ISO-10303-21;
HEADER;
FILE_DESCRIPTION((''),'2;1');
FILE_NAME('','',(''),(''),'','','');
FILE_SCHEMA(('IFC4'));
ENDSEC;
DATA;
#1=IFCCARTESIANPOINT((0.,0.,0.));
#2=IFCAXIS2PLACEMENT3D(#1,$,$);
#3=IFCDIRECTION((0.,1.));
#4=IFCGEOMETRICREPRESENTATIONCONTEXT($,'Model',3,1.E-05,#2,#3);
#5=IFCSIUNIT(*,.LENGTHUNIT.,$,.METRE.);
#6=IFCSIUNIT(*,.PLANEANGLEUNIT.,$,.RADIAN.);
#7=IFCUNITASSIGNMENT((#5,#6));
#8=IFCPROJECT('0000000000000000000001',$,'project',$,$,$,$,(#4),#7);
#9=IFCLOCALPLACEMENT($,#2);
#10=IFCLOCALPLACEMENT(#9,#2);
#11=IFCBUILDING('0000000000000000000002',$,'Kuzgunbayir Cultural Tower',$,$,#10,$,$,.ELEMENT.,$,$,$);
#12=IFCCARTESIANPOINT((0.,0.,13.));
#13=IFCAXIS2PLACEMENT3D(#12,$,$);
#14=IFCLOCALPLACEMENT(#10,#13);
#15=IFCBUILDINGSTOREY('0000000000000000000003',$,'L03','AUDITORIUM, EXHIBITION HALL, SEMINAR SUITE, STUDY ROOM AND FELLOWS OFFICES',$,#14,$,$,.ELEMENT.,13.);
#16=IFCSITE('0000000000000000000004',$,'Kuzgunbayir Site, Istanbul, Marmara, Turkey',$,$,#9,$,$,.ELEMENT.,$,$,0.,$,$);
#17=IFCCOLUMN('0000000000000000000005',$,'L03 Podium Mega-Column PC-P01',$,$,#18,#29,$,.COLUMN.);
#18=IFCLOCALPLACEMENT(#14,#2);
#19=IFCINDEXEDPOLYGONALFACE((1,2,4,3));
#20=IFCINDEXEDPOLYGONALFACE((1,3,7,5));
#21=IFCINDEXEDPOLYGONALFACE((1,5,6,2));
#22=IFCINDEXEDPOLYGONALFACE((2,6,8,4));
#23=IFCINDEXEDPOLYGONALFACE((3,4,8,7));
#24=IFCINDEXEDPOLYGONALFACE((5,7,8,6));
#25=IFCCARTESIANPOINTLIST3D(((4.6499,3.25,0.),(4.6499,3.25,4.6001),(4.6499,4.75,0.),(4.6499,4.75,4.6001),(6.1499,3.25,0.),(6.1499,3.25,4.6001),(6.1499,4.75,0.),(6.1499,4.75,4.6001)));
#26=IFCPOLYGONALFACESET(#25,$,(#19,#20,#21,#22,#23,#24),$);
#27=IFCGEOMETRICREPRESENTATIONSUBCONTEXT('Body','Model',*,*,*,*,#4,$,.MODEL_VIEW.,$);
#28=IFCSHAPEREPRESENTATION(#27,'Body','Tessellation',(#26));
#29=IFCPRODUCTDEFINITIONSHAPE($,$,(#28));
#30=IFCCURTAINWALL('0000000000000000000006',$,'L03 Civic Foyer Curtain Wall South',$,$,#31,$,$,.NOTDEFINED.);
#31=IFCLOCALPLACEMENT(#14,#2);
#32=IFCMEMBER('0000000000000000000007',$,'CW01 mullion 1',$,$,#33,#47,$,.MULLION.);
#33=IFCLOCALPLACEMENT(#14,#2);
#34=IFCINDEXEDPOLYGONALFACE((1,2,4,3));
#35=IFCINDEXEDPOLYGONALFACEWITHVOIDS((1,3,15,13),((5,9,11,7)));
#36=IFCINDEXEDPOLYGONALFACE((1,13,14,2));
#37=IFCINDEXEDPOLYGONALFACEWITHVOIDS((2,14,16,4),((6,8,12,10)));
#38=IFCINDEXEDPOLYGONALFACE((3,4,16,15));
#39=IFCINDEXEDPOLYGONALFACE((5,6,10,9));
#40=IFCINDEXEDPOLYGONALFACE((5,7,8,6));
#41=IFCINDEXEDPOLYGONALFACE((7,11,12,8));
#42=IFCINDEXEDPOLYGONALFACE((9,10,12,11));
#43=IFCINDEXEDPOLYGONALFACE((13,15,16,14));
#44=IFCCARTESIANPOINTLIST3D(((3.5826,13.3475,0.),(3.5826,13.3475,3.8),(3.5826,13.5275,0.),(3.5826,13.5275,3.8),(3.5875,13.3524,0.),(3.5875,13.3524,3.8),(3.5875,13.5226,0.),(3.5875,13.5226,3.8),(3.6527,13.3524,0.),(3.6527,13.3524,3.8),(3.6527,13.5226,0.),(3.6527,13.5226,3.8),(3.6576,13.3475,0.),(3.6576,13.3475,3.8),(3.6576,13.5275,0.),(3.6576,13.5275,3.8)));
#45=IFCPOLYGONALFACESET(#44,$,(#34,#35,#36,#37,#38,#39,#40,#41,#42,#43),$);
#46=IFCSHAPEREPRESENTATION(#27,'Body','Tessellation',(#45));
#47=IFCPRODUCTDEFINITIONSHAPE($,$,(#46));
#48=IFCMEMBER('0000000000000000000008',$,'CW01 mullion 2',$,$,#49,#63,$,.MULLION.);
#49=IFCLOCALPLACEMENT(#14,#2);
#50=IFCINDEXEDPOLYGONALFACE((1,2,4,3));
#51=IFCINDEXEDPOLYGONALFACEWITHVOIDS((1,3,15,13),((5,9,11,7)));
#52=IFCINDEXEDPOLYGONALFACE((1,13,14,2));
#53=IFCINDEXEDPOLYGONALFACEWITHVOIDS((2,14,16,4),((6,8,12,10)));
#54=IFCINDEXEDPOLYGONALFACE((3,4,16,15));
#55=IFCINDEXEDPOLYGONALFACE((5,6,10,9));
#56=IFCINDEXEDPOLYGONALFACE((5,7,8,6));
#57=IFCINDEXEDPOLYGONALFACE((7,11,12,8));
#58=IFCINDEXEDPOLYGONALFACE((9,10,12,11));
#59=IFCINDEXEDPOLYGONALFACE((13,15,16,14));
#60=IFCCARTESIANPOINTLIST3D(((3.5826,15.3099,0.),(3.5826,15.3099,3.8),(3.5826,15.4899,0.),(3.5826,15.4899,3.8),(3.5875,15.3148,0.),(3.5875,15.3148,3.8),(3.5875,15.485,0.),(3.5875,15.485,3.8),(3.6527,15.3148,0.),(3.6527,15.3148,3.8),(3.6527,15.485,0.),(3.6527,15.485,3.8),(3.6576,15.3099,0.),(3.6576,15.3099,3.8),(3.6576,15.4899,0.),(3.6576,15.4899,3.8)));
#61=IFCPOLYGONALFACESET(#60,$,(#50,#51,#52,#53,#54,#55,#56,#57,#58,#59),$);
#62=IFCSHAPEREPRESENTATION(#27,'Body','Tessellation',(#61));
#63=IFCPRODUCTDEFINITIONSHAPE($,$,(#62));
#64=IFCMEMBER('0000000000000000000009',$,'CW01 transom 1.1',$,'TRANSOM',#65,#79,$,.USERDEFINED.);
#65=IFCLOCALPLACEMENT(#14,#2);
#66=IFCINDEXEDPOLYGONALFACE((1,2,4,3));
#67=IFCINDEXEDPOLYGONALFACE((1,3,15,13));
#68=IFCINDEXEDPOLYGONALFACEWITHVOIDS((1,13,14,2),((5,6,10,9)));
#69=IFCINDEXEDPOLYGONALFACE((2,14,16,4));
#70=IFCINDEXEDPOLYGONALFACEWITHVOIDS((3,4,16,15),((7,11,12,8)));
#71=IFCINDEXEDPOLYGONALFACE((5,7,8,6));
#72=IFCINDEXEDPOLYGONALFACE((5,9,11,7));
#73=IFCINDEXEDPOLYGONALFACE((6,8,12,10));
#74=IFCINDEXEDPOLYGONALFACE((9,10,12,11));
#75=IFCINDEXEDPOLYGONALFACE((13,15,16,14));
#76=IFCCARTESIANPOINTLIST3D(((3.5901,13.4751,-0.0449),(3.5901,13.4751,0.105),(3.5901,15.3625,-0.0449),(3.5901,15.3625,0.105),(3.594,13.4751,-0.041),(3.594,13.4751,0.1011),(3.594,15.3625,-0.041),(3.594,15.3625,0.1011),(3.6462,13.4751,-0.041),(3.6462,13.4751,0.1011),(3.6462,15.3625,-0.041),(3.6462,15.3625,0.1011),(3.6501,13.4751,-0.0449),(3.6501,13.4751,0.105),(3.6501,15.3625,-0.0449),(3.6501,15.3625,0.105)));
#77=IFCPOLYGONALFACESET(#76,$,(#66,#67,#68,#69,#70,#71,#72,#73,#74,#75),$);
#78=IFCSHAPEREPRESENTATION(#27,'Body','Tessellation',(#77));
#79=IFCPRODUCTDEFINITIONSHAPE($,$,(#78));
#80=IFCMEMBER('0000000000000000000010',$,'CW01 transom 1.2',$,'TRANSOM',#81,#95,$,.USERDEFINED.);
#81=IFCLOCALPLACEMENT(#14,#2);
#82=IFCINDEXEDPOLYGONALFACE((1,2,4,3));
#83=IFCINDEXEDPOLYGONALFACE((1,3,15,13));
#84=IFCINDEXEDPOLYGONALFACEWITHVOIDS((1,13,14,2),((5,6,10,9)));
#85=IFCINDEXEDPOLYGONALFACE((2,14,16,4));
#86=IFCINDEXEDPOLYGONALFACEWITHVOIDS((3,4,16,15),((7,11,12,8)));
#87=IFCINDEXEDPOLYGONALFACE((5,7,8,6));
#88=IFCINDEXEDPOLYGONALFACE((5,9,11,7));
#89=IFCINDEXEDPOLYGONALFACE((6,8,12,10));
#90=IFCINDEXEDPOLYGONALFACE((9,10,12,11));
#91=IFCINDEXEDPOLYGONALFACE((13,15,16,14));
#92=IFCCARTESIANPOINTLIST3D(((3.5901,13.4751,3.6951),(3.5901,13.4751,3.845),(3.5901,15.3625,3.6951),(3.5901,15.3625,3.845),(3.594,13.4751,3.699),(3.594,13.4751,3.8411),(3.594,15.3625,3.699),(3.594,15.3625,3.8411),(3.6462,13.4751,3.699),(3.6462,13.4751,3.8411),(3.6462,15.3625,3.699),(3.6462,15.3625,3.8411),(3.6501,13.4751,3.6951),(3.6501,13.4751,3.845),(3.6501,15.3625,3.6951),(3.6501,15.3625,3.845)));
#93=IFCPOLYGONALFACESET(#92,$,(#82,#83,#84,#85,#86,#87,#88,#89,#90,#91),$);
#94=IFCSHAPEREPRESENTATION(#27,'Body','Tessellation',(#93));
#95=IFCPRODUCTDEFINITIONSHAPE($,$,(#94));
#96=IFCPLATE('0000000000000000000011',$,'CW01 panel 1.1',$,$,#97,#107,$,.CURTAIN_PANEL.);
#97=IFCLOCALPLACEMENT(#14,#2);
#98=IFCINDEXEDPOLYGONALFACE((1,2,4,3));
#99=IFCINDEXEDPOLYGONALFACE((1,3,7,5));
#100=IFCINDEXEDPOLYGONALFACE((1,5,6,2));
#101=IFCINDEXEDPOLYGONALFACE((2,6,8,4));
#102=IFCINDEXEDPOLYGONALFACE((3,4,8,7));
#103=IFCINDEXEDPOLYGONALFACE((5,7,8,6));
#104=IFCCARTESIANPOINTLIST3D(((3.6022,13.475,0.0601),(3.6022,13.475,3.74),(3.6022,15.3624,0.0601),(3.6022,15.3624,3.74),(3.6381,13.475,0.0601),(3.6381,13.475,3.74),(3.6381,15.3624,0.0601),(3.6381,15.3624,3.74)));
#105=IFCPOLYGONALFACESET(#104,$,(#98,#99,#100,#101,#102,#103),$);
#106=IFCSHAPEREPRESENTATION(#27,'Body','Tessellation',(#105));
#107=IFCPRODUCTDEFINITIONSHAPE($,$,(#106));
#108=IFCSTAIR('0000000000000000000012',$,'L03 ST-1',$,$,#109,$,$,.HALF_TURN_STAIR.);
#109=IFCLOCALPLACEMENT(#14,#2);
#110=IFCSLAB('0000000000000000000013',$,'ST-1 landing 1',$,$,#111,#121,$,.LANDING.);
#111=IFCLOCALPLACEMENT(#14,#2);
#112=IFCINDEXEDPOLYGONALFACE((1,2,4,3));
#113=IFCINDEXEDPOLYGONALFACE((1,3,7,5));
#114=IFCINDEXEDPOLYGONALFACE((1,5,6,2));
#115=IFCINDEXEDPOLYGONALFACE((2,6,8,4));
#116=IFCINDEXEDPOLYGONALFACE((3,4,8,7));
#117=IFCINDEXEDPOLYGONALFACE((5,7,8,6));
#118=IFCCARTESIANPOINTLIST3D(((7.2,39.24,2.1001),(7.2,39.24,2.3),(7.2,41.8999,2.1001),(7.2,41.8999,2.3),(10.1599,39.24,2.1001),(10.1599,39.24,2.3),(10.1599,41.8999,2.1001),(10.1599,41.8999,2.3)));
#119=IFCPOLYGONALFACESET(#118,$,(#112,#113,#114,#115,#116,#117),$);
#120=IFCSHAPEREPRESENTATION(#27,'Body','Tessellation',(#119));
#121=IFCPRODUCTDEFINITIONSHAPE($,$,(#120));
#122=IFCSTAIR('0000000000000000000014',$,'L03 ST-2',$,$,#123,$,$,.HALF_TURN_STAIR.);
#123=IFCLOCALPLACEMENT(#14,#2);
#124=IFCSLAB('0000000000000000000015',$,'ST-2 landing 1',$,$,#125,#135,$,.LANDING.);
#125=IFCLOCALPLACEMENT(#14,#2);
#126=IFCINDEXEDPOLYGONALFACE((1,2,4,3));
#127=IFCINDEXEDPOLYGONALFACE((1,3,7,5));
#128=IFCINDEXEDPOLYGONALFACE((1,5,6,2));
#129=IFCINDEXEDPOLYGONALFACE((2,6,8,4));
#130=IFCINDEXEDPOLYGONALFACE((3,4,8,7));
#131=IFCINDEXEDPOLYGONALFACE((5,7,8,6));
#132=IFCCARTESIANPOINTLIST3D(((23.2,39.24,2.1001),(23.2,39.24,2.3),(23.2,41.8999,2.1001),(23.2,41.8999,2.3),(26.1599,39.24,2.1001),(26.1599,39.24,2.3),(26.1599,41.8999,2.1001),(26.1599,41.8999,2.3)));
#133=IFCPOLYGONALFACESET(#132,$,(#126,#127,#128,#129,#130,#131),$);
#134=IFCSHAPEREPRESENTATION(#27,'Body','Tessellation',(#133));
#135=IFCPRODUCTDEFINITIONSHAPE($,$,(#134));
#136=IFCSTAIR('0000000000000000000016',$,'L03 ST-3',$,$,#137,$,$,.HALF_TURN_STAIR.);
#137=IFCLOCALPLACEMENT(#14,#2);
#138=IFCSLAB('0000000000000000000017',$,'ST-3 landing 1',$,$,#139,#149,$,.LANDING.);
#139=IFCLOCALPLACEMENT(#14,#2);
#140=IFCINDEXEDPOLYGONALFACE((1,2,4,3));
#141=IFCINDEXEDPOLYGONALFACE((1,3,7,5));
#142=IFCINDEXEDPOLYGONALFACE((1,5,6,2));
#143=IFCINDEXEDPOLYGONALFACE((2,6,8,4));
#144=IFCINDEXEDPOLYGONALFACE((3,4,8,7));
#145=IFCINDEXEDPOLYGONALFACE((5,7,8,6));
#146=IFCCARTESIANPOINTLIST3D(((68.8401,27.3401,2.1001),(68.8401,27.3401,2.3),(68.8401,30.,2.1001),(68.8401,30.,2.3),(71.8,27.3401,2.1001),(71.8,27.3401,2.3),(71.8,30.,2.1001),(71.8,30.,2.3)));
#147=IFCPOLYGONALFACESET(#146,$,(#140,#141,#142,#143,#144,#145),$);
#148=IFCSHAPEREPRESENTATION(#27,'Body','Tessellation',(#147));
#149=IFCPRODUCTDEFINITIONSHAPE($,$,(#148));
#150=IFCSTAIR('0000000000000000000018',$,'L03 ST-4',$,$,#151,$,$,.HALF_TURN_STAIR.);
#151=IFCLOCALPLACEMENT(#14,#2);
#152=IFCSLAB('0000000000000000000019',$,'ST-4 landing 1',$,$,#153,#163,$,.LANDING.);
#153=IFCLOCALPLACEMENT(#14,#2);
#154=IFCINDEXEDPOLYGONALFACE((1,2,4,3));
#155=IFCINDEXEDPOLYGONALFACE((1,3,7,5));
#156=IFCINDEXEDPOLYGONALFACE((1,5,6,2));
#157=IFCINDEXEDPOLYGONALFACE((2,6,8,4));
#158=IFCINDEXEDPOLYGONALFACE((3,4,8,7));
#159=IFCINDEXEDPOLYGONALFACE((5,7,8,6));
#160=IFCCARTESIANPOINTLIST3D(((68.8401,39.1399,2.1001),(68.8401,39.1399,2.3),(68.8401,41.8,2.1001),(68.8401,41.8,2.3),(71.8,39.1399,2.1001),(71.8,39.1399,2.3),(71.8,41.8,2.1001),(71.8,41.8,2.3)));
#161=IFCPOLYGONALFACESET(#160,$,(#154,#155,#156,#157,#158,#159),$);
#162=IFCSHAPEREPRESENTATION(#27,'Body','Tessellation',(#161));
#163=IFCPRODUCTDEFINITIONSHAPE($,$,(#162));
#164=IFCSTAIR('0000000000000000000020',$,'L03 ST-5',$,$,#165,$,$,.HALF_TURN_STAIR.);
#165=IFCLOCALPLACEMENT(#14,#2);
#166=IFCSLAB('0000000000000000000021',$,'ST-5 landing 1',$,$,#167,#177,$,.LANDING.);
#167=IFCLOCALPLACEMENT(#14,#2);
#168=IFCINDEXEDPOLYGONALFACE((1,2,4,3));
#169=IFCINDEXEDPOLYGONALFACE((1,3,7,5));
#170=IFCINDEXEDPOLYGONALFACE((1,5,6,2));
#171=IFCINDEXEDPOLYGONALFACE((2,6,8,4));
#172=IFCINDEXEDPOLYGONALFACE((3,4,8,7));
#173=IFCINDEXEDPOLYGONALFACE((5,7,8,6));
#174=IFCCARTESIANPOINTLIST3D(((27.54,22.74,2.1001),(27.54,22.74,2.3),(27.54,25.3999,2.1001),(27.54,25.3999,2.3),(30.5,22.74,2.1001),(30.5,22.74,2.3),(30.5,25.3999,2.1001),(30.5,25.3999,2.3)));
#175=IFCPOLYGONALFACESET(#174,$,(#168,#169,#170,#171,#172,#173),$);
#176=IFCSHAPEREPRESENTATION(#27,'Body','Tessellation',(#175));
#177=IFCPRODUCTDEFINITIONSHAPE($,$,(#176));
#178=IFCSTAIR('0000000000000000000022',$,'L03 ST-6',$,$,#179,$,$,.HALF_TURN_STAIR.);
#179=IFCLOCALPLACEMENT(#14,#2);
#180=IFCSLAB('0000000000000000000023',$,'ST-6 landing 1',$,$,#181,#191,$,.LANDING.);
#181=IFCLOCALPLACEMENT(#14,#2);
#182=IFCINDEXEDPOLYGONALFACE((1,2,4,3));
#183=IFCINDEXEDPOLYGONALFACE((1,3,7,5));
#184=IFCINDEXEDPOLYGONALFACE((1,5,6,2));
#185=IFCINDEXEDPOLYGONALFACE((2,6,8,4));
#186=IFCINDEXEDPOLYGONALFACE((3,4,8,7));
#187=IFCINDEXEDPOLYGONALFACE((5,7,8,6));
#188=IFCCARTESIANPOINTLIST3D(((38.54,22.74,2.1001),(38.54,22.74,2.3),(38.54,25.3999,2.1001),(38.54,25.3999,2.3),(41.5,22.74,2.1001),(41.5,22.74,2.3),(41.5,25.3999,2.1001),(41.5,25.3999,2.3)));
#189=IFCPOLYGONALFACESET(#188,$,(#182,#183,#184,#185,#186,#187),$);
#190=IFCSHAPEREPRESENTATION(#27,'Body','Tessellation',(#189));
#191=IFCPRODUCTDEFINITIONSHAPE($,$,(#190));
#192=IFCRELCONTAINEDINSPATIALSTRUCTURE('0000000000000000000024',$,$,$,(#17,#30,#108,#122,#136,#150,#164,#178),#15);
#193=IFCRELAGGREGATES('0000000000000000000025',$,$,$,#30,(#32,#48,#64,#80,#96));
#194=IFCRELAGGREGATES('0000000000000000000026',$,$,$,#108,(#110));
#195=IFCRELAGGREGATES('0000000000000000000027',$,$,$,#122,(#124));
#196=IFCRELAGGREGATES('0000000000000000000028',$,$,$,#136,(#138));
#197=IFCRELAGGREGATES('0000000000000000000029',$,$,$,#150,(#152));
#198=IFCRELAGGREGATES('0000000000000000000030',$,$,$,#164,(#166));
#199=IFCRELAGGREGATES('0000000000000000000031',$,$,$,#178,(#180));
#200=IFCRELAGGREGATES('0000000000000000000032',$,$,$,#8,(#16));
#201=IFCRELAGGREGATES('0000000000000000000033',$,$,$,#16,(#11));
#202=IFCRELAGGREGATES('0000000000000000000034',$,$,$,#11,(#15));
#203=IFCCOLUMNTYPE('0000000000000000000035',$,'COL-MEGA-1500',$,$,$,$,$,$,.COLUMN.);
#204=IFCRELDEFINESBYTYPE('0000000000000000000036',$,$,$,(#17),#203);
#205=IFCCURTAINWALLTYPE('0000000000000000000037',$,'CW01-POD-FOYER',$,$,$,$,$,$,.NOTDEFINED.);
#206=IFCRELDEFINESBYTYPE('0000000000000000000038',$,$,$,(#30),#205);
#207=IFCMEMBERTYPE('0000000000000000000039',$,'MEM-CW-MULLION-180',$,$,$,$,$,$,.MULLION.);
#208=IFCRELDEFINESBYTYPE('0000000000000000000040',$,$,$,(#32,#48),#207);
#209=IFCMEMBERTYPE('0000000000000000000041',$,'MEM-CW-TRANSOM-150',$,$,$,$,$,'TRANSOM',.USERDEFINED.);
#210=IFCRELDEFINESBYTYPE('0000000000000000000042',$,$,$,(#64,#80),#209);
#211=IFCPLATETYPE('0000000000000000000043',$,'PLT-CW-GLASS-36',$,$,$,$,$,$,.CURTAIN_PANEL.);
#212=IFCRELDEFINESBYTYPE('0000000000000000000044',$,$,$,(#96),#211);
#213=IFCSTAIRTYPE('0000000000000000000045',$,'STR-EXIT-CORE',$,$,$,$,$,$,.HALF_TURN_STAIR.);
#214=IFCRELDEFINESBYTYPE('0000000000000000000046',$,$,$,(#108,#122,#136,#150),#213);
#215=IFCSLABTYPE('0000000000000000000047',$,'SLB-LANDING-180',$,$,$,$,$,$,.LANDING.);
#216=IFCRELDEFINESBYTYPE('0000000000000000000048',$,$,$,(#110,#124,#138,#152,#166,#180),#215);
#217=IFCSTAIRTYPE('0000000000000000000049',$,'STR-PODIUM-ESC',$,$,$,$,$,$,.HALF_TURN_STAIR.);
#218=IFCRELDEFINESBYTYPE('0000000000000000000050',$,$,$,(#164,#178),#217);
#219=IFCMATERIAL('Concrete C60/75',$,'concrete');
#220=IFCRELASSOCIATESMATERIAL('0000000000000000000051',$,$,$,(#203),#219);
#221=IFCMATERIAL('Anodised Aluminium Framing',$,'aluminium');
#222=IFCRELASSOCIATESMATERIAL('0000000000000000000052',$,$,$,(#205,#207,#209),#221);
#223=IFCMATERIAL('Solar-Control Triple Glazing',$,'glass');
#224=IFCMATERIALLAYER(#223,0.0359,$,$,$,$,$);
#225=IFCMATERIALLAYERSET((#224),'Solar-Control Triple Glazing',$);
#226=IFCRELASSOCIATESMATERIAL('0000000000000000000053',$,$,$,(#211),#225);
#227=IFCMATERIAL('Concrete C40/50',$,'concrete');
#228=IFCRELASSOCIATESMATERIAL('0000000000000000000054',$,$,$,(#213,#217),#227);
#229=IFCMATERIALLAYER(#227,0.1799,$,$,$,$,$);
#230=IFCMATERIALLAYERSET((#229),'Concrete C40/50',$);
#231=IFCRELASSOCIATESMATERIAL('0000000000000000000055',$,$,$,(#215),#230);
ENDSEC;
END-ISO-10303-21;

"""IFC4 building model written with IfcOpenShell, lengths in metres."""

from ifc_helpers import new_model, si_unit, direction, frame, origin, origin_2d, place, context, subcontext, project, spatial, polyline, rectangle, hollow_rectangle, outline, extrude, material, layer, layer_set, material_profile, profile_set, type_object, element, aggregate, save


model = new_model("IFC4")

# Units and contexts
model_context = context("Model", 3, precision=1e-05, world=origin(), true_north=direction((0.0, 1.0)))
body_context = subcontext(model_context, "Body", "Model", "MODEL_VIEW")
ifc_project = project(units=[si_unit("LENGTHUNIT", "METRE"), si_unit("PLANEANGLEUNIT", "RADIAN")], contexts=[model_context])

# Site, building, storey
site_placement = place(None, origin())
site = spatial("IfcSite", under=ifc_project, at=site_placement, Name="Kuzgunbayir Site, Istanbul, Marmara, Turkey", CompositionType="ELEMENT", RefElevation=0.0)
building_placement = place(site_placement, origin())
building = spatial("IfcBuilding", under=site, at=building_placement, Name="Kuzgunbayir Cultural Tower", CompositionType="ELEMENT")
storey_placement = place(building_placement, frame((0.0, 0.0, 13.0)))
storey = spatial("IfcBuildingStorey", under=building, at=storey_placement, Name="L03", Description="AUDITORIUM, EXHIBITION HALL, SEMINAR SUITE, STUDY ROOM AND FELLOWS OFFICES", CompositionType="ELEMENT", Elevation=13.0)

# Column
ifc_material_1 = material(Name="Concrete C60/75", Category="concrete")
ifc_material_profile_1 = material_profile(ifc_material_1, rectangle(XDim=1.5, YDim=1.5, at=origin_2d()), Name="RC 1500x1500")
ifc_profile_set_1 = profile_set([ifc_material_profile_1], Name="Concrete C60/75")
column_type = type_object("IfcColumnType", Name="COL-MEGA-1500", PredefinedType="COLUMN", material=ifc_profile_set_1)
column_placement = place(storey_placement, frame((5.3999, 4.0, 0.0), z_axis=(0.0, 0.0, 1.0), x_axis=(1.0, 0.0, 0.0)))
element("IfcColumn", 1, at=column_placement, inside=storey, type_object=column_type, Name="L03 Podium Mega-Column PC-P01", PredefinedType="COLUMN", context=body_context, shape_type="SweptSolid", body=[
    extrude(rectangle(XDim=1.5, YDim=1.5, at=origin_2d()), origin(), (0.0, 0.0, 1.0), 4.6001),
])

# Curtain wall, members, plate
ifc_material_2 = material(Name="Anodised Aluminium Framing", Category="aluminium")
curtain_wall_type = type_object("IfcCurtainWallType", Name="CW01-POD-FOYER", PredefinedType="NOTDEFINED", material=ifc_material_2)
curtain_wall_placement = place(storey_placement, origin())
curtain_wall = element("IfcCurtainWall", 2, at=curtain_wall_placement, inside=storey, type_object=curtain_wall_type, Name="L03 Civic Foyer Curtain Wall South", PredefinedType="NOTDEFINED")
ifc_material_profile_2 = material_profile(ifc_material_2, hollow_rectangle(XDim=0.075, YDim=0.1799, WallThickness=0.0049, at=origin_2d()), Name="RHS 180x75x5")
ifc_profile_set_2 = profile_set([ifc_material_profile_2], Name="Anodised Aluminium Framing")
member_type_1 = type_object("IfcMemberType", Name="MEM-CW-MULLION-180", PredefinedType="MULLION", material=ifc_profile_set_2)
member_1_placement = place(storey_placement, frame((3.6201, 13.4375, 0.0), z_axis=(0.0, 0.0, 1.0), x_axis=(-1.0, 0.0, 0.0)))
member_1 = element("IfcMember", 3, at=member_1_placement, type_object=member_type_1, Name="CW01 mullion 1", PredefinedType="MULLION", context=body_context, shape_type="SweptSolid", body=[
    extrude(hollow_rectangle(XDim=0.075, YDim=0.1799, WallThickness=0.0049, at=origin_2d()), origin(), (0.0, 0.0, 1.0), 3.8),
])
member_2_placement = place(storey_placement, frame((3.6201, 15.3999, 0.0), z_axis=(0.0, 0.0, 1.0), x_axis=(-1.0, 0.0, 0.0)))
member_2 = element("IfcMember", 4, at=member_2_placement, type_object=member_type_1, Name="CW01 mullion 2", PredefinedType="MULLION", context=body_context, shape_type="SweptSolid", body=[
    extrude(hollow_rectangle(XDim=0.075, YDim=0.1799, WallThickness=0.0049, at=origin_2d()), origin(), (0.0, 0.0, 1.0), 3.8),
])
ifc_material_profile_3 = material_profile(ifc_material_2, hollow_rectangle(XDim=0.0601, YDim=0.1499, WallThickness=0.0039, at=origin_2d()), Name="RHS 150x60x4")
ifc_profile_set_3 = profile_set([ifc_material_profile_3], Name="Anodised Aluminium Framing")
member_type_2 = type_object("IfcMemberType", Name="MEM-CW-TRANSOM-150", ElementType="TRANSOM", PredefinedType="USERDEFINED", material=ifc_profile_set_3)
member_3_placement = place(storey_placement, frame((3.6201, 13.4751, 0.03), z_axis=(0.0, 1.0, 0.0), x_axis=(-1.0, 0.0, 0.0)))
member_3 = element("IfcMember", 5, at=member_3_placement, type_object=member_type_2, Name="CW01 transom 1.1", ObjectType="TRANSOM", PredefinedType="USERDEFINED", context=body_context, shape_type="SweptSolid", body=[
    extrude(hollow_rectangle(XDim=0.0601, YDim=0.1499, WallThickness=0.0039, at=origin_2d()), origin(), (0.0, 0.0, 1.0), 1.8875),
])
member_4_placement = place(storey_placement, frame((3.6201, 13.4751, 3.77), z_axis=(0.0, 1.0, 0.0), x_axis=(-1.0, 0.0, 0.0)))
member_4 = element("IfcMember", 6, at=member_4_placement, type_object=member_type_2, Name="CW01 transom 1.2", ObjectType="TRANSOM", PredefinedType="USERDEFINED", context=body_context, shape_type="SweptSolid", body=[
    extrude(hollow_rectangle(XDim=0.0601, YDim=0.1499, WallThickness=0.0039, at=origin_2d()), origin(), (0.0, 0.0, 1.0), 1.8875),
])
ifc_material_3 = material(Name="Solar-Control Triple Glazing", Category="glass")
ifc_layer_1 = layer(ifc_material_3, 0.0359)
ifc_layer_set_1 = layer_set([ifc_layer_1], Name="Solar-Control Triple Glazing")
plate_type = type_object("IfcPlateType", Name="PLT-CW-GLASS-36", PredefinedType="CURTAIN_PANEL", material=ifc_layer_set_1)
plate_placement = place(storey_placement, frame((3.6201, 14.4187, 0.0601), z_axis=(0.0, 0.0, 1.0), x_axis=(0.0, 1.0, 0.0)))
plate = element("IfcPlate", 7, at=plate_placement, type_object=plate_type, Name="CW01 panel 1.1", PredefinedType="CURTAIN_PANEL", context=body_context, shape_type="SweptSolid", body=[
    extrude(rectangle(XDim=1.8875, YDim=0.0359, at=origin_2d()), origin(), (0.0, 0.0, 1.0), 3.6799),
])
aggregate(curtain_wall, [member_1, member_2, member_3, member_4, plate])

# Stairs, slabs
ifc_material_4 = material(Name="Concrete C40/50", Category="concrete")
stair_type_1 = type_object("IfcStairType", Name="STR-EXIT-CORE", PredefinedType="HALF_TURN_STAIR", material=ifc_material_4)
stair_1_placement = place(storey_placement, origin())
stair_1 = element("IfcStair", 8, at=stair_1_placement, inside=storey, type_object=stair_type_1, Name="L03 ST-1", PredefinedType="HALF_TURN_STAIR")
ifc_layer_2 = layer(ifc_material_4, 0.1799)
ifc_layer_set_2 = layer_set([ifc_layer_2], Name="Concrete C40/50")
slab_type_1 = type_object("IfcSlabType", Name="SLB-LANDING-180", PredefinedType="LANDING", material=ifc_layer_set_2)
slab_1_placement = place(storey_placement, frame((0.0, 0.0, 2.1001)))
slab_1 = element("IfcSlab", 9, at=slab_1_placement, type_object=slab_type_1, Name="ST-1 landing 1", PredefinedType="LANDING", context=body_context, shape_type="SweptSolid", body=[
    extrude(outline(polyline([(10.1599, 39.24), (10.1599, 41.8999), (7.2, 41.8999), (7.2, 39.24), (10.1599, 39.24)])), origin(), (0.0, 0.0, 1.0), 0.2),
])
aggregate(stair_1, [slab_1])
stair_2_placement = place(storey_placement, origin())
stair_2 = element("IfcStair", 10, at=stair_2_placement, inside=storey, type_object=stair_type_1, Name="L03 ST-2", PredefinedType="HALF_TURN_STAIR")
slab_2_placement = place(storey_placement, frame((0.0, 0.0, 2.1001)))
slab_2 = element("IfcSlab", 11, at=slab_2_placement, type_object=slab_type_1, Name="ST-2 landing 1", PredefinedType="LANDING", context=body_context, shape_type="SweptSolid", body=[
    extrude(outline(polyline([(26.1599, 39.24), (26.1599, 41.8999), (23.2, 41.8999), (23.2, 39.24), (26.1599, 39.24)])), origin(), (0.0, 0.0, 1.0), 0.2),
])
aggregate(stair_2, [slab_2])
stair_3_placement = place(storey_placement, origin())
stair_3 = element("IfcStair", 12, at=stair_3_placement, inside=storey, type_object=stair_type_1, Name="L03 ST-3", PredefinedType="HALF_TURN_STAIR")
slab_3_placement = place(storey_placement, frame((0.0, 0.0, 2.1001)))
slab_3 = element("IfcSlab", 13, at=slab_3_placement, type_object=slab_type_1, Name="ST-3 landing 1", PredefinedType="LANDING", context=body_context, shape_type="SweptSolid", body=[
    extrude(outline(polyline([(71.8, 27.3401), (71.8, 30.0), (68.8401, 30.0), (68.8401, 27.3401), (71.8, 27.3401)])), origin(), (0.0, 0.0, 1.0), 0.2),
])
aggregate(stair_3, [slab_3])
stair_4_placement = place(storey_placement, origin())
stair_4 = element("IfcStair", 14, at=stair_4_placement, inside=storey, type_object=stair_type_1, Name="L03 ST-4", PredefinedType="HALF_TURN_STAIR")
slab_4_placement = place(storey_placement, frame((0.0, 0.0, 2.1001)))
slab_4 = element("IfcSlab", 15, at=slab_4_placement, type_object=slab_type_1, Name="ST-4 landing 1", PredefinedType="LANDING", context=body_context, shape_type="SweptSolid", body=[
    extrude(outline(polyline([(71.8, 39.1399), (71.8, 41.8), (68.8401, 41.8), (68.8401, 39.1399), (71.8, 39.1399)])), origin(), (0.0, 0.0, 1.0), 0.2),
])
aggregate(stair_4, [slab_4])
stair_type_2 = type_object("IfcStairType", Name="STR-PODIUM-ESC", PredefinedType="HALF_TURN_STAIR", material=ifc_material_4)
stair_5_placement = place(storey_placement, origin())
stair_5 = element("IfcStair", 16, at=stair_5_placement, inside=storey, type_object=stair_type_2, Name="L03 ST-5", PredefinedType="HALF_TURN_STAIR")
slab_5_placement = place(storey_placement, frame((0.0, 0.0, 2.1001)))
slab_5 = element("IfcSlab", 17, at=slab_5_placement, type_object=slab_type_1, Name="ST-5 landing 1", PredefinedType="LANDING", context=body_context, shape_type="SweptSolid", body=[
    extrude(outline(polyline([(30.5, 22.74), (30.5, 25.3999), (27.54, 25.3999), (27.54, 22.74), (30.5, 22.74)])), origin(), (0.0, 0.0, 1.0), 0.2),
])
aggregate(stair_5, [slab_5])
stair_6_placement = place(storey_placement, origin())
stair_6 = element("IfcStair", 18, at=stair_6_placement, inside=storey, type_object=stair_type_2, Name="L03 ST-6", PredefinedType="HALF_TURN_STAIR")
slab_6_placement = place(storey_placement, frame((0.0, 0.0, 2.1001)))
slab_6 = element("IfcSlab", 19, at=slab_6_placement, type_object=slab_type_1, Name="ST-6 landing 1", PredefinedType="LANDING", context=body_context, shape_type="SweptSolid", body=[
    extrude(outline(polyline([(41.5, 22.74), (41.5, 25.3999), (38.54, 25.3999), (38.54, 22.74), (41.5, 22.74)])), origin(), (0.0, 0.0, 1.0), 0.2),
])
aggregate(stair_6, [slab_6])

save(model, "model.ifc")
